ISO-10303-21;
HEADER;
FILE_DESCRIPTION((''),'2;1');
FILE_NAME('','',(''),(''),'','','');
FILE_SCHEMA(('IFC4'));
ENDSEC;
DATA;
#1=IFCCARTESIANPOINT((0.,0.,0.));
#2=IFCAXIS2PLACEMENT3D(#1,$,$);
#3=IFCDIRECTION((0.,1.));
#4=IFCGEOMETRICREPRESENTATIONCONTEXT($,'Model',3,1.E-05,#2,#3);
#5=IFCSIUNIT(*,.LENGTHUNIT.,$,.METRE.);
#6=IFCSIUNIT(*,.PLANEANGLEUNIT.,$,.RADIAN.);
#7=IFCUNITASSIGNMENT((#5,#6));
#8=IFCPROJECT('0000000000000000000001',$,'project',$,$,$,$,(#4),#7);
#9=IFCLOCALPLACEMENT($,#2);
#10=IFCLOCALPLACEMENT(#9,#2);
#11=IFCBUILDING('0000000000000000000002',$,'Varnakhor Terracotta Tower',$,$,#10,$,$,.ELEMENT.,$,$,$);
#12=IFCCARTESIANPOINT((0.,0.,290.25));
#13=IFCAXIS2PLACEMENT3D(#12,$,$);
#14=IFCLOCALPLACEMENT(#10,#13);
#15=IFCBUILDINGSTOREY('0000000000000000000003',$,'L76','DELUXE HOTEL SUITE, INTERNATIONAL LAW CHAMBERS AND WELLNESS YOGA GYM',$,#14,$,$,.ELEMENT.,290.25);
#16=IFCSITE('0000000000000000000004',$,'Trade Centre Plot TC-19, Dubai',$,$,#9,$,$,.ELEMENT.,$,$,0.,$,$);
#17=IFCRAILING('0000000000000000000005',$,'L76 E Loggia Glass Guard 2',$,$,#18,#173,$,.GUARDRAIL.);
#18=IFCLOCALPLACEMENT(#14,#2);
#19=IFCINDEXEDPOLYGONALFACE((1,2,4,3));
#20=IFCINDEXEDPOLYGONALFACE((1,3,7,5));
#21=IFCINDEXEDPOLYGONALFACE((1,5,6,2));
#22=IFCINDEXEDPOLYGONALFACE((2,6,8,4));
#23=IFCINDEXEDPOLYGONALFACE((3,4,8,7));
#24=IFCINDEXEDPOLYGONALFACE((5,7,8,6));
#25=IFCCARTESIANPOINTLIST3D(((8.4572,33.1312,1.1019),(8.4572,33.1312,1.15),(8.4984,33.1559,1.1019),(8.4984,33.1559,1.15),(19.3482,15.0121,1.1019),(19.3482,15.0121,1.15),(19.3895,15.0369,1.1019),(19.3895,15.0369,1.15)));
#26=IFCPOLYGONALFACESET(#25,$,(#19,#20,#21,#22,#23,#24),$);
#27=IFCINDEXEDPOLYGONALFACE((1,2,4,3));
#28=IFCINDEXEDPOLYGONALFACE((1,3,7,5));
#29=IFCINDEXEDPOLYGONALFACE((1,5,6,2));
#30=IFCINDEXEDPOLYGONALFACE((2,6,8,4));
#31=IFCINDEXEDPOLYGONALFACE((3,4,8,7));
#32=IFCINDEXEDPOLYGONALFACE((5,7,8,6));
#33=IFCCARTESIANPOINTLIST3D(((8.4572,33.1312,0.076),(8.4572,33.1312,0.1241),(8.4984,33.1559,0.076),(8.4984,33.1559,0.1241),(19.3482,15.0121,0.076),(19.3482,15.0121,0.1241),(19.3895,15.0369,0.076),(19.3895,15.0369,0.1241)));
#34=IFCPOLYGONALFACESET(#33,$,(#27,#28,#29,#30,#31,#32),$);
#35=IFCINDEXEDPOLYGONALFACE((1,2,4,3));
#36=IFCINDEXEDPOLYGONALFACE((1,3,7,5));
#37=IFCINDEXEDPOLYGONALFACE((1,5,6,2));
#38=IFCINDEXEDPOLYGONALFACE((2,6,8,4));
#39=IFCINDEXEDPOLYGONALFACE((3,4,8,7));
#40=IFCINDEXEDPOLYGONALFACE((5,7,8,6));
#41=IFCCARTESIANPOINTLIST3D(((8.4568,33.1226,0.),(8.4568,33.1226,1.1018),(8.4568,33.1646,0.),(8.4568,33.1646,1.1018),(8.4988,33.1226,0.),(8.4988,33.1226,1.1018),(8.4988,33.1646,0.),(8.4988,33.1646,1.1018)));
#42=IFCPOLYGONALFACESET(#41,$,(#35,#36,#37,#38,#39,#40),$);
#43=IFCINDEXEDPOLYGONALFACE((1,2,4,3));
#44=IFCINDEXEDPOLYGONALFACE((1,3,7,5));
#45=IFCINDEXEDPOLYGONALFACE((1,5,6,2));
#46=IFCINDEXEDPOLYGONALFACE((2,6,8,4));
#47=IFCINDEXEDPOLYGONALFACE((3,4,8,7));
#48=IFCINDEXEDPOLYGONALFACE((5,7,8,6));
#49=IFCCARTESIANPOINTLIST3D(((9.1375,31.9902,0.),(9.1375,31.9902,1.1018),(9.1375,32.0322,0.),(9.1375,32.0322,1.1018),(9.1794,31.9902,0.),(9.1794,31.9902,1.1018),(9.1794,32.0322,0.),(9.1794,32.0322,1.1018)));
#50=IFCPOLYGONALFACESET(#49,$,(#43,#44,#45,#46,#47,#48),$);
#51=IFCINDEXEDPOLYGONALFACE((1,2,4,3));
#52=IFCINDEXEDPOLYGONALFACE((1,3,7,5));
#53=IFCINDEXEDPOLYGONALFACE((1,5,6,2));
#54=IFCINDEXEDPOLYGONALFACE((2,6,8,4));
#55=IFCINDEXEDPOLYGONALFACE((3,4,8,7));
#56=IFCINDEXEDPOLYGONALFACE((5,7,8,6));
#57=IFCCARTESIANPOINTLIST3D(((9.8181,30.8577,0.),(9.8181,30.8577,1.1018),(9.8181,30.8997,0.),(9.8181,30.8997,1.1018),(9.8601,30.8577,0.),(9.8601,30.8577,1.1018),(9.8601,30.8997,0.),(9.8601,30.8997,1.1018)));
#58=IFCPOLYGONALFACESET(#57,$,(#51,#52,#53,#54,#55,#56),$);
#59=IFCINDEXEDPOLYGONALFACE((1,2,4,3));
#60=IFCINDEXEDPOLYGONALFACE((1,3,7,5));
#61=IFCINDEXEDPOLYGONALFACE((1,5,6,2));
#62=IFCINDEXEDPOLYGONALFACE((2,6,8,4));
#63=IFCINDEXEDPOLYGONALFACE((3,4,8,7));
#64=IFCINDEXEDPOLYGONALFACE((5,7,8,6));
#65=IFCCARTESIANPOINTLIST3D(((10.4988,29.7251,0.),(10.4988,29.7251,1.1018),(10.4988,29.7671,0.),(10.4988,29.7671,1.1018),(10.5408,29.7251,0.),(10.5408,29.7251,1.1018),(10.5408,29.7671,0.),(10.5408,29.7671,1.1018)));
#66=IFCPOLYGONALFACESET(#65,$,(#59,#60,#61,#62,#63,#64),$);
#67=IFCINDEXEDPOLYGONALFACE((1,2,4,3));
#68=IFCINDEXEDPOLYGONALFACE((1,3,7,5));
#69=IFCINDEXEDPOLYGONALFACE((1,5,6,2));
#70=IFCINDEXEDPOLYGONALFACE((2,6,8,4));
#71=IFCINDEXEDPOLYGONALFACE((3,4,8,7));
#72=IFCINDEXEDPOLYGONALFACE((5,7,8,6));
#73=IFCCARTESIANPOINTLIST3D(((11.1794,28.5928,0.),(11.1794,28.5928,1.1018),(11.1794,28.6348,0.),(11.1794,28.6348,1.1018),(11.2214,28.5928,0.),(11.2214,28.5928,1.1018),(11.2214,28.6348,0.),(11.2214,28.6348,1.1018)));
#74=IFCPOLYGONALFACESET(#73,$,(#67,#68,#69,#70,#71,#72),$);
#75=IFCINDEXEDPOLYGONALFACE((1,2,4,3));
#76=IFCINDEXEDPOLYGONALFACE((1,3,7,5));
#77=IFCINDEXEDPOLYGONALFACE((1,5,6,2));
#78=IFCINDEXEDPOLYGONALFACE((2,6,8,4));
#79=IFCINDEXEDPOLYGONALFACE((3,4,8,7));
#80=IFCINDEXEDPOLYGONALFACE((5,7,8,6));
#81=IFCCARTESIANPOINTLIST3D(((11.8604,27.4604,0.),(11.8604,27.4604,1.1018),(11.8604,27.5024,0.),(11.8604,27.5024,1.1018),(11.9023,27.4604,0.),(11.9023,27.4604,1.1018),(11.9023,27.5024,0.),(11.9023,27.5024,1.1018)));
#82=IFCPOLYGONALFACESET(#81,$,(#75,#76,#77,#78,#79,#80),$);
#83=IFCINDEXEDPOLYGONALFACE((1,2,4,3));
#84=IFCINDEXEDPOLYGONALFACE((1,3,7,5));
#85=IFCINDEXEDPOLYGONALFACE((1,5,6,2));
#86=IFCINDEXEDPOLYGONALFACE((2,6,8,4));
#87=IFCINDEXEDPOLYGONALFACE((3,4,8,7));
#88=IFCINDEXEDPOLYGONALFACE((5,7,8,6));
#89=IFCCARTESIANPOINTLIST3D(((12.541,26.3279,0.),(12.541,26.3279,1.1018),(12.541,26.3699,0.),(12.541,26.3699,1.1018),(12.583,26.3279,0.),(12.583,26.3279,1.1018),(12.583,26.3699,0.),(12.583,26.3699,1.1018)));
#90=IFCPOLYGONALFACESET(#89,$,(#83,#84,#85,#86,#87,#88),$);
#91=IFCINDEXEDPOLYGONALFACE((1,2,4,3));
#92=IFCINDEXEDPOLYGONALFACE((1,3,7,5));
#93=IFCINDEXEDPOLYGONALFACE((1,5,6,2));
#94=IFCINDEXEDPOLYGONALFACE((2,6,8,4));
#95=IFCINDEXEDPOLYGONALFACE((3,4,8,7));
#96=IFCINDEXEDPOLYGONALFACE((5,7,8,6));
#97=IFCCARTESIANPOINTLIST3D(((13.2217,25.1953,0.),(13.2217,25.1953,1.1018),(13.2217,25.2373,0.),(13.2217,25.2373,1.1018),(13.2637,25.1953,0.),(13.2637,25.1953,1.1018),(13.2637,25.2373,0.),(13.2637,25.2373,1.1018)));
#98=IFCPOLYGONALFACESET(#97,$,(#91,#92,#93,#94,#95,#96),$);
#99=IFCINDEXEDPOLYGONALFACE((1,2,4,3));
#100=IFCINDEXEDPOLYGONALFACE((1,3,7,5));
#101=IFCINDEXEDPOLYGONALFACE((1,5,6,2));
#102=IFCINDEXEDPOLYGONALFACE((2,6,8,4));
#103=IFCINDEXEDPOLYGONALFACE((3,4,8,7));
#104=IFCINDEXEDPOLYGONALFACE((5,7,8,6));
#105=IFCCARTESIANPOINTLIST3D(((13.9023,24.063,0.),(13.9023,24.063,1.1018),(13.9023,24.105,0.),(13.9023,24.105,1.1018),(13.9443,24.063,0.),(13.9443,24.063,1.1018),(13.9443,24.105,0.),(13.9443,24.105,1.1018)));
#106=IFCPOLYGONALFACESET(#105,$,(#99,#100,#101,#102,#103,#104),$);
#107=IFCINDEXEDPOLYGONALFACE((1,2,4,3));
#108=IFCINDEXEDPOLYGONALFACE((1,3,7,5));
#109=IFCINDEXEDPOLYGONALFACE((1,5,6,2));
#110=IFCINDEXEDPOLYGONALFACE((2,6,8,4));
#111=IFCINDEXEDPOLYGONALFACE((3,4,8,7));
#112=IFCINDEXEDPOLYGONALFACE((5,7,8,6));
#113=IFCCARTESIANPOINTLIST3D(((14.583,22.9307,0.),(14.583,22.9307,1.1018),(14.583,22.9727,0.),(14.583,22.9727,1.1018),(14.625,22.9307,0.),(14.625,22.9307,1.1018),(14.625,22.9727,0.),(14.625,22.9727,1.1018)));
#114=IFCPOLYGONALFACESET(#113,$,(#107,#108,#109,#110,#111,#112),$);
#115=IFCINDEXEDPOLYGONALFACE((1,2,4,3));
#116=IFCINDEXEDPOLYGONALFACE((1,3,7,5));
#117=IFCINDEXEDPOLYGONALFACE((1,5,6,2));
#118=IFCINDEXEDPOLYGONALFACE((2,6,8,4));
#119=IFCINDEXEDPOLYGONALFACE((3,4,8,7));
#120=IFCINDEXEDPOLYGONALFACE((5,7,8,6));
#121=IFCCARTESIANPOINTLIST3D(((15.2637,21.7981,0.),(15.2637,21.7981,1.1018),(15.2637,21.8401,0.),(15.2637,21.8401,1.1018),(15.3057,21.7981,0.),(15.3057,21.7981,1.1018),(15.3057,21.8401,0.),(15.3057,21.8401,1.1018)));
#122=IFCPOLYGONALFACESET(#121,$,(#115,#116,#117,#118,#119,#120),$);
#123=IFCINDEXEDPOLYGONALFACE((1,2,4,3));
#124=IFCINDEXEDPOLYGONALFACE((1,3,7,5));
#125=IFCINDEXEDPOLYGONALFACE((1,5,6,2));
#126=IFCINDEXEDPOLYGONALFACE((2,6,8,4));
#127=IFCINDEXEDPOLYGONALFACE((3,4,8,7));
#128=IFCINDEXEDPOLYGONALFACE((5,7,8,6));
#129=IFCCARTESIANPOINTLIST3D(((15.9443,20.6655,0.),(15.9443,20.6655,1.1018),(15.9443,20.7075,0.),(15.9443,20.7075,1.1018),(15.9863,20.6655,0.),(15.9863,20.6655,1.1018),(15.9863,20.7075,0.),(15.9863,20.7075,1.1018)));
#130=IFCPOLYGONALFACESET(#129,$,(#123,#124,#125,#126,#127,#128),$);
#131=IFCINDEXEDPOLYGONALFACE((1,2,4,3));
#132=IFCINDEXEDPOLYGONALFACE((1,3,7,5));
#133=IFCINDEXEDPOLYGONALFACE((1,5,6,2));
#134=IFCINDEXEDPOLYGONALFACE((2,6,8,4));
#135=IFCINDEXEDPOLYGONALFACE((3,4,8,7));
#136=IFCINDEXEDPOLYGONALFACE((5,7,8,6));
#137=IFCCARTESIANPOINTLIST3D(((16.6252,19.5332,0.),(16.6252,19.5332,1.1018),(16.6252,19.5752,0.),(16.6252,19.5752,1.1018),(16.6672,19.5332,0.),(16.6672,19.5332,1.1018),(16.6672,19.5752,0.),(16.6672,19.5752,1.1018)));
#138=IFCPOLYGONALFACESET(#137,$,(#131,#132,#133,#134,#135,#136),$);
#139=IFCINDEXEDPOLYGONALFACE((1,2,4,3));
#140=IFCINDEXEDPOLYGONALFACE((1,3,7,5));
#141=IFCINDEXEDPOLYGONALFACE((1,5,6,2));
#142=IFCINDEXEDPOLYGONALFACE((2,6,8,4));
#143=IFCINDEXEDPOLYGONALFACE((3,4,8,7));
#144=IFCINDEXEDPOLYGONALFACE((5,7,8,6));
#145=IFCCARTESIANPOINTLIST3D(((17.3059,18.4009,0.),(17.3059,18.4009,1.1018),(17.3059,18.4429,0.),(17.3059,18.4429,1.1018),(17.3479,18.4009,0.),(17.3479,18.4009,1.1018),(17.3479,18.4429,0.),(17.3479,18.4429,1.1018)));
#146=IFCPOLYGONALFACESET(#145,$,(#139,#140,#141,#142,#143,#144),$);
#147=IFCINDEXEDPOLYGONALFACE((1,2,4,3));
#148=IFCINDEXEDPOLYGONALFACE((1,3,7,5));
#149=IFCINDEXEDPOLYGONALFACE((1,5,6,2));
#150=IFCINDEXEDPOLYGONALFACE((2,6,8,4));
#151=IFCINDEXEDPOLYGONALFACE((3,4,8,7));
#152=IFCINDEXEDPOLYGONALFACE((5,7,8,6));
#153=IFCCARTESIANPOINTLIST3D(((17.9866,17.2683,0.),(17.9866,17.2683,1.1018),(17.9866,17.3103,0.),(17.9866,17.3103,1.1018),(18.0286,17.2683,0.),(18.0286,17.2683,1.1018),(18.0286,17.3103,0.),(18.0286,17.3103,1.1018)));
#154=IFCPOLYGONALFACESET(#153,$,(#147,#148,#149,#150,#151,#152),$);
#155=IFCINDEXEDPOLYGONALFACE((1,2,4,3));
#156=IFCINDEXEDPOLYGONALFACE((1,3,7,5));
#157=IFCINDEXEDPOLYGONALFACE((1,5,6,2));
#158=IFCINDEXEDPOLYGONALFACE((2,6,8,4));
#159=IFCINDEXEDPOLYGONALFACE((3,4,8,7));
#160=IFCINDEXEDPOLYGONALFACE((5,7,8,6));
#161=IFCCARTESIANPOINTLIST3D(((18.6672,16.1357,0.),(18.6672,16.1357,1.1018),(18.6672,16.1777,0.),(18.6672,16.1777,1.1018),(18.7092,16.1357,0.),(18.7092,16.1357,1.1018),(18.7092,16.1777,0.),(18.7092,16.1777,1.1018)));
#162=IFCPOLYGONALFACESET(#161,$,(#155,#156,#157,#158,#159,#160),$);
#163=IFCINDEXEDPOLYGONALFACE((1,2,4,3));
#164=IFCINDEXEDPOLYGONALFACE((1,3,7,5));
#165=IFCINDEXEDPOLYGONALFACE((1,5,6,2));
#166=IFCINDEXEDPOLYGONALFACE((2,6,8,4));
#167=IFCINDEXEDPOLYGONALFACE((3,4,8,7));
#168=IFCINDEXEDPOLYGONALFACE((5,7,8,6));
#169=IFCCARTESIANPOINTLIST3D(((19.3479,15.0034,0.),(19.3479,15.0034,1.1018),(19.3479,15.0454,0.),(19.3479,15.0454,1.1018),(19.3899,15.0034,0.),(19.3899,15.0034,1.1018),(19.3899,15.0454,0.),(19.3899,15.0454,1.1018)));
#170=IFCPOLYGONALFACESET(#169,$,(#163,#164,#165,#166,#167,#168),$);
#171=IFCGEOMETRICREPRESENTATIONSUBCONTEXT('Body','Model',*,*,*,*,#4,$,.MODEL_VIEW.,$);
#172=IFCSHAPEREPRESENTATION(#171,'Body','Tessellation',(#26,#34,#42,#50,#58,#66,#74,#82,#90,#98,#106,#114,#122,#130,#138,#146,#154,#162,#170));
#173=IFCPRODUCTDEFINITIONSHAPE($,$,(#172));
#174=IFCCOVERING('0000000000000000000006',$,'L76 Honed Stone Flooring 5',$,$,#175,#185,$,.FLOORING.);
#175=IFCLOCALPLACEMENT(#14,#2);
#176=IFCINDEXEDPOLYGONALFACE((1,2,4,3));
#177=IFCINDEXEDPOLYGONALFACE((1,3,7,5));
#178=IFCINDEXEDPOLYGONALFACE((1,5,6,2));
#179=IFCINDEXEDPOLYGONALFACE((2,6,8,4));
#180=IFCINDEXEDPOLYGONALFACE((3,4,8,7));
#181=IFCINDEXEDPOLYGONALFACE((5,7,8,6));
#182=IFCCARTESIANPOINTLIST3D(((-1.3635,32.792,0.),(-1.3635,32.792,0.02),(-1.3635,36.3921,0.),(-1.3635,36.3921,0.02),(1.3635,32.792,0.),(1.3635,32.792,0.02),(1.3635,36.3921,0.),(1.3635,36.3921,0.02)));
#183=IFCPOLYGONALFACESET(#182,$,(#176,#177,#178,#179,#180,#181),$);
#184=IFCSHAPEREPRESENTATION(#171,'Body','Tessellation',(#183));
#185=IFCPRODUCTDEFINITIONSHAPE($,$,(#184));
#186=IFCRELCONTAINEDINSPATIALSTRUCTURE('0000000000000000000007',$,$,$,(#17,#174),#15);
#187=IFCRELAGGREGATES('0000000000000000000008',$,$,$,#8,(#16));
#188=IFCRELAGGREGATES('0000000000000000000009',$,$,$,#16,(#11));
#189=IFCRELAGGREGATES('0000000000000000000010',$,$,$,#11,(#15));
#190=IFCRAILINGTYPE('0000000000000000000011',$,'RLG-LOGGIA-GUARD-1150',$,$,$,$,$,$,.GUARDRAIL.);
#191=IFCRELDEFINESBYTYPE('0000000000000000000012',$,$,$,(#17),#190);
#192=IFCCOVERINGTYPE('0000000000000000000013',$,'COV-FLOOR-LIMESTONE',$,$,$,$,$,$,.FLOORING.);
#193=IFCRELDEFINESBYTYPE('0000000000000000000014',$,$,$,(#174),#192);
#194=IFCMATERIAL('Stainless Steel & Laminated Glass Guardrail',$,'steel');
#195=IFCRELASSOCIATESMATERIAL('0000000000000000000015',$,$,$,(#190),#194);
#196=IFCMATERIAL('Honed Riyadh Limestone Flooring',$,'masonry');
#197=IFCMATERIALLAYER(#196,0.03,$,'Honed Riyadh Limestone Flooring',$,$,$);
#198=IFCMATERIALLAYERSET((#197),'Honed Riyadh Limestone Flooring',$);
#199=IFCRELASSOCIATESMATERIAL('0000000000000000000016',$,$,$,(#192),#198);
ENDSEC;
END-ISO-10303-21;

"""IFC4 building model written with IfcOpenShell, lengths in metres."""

from ifc_helpers import new_model, si_unit, direction, frame, origin, origin_2d, place, context, subcontext, project, spatial, rectangle, extrude, source, transform, mapped, material, layer, layer_set, type_object, element, save


model = new_model("IFC4")

# Units and contexts
model_context = context("Model", 3, precision=1e-05, world=origin(), true_north=direction((0.0, 1.0)))
body_context = subcontext(model_context, "Body", "Model", "MODEL_VIEW")
ifc_project = project(units=[si_unit("LENGTHUNIT", "METRE"), si_unit("PLANEANGLEUNIT", "RADIAN")], contexts=[model_context])

# Site, building, storey
site_placement = place(None, origin())
site = spatial("IfcSite", under=ifc_project, at=site_placement, Name="Trade Centre Plot TC-19, Dubai", CompositionType="ELEMENT", RefElevation=0.0)
building_placement = place(site_placement, origin())
building = spatial("IfcBuilding", under=site, at=building_placement, Name="Varnakhor Terracotta Tower", CompositionType="ELEMENT")
storey_placement = place(building_placement, frame((0.0, 0.0, 290.25)))
storey = spatial("IfcBuildingStorey", under=building, at=storey_placement, Name="L76", Description="DELUXE HOTEL SUITE, INTERNATIONAL LAW CHAMBERS AND WELLNESS YOGA GYM", CompositionType="ELEMENT", Elevation=290.25)

# Railing
ifc_material_1 = material(Name="Stainless Steel & Laminated Glass Guardrail", Category="steel")
railing_type = type_object("IfcRailingType", Name="RLG-LOGGIA-GUARD-1150", PredefinedType="GUARDRAIL", material=ifc_material_1)
railing_1_placement = place(storey_placement, frame((8.4778, 33.1436, 0.0)))
element("IfcRailing", 1, at=railing_1_placement, inside=storey, type_object=railing_type, Name="L76 E Loggia Glass Guard 2", PredefinedType="GUARDRAIL", context=body_context, shape_type="SweptSolid", body=[
    extrude(rectangle(XDim=0.0481, YDim=0.0481, at=origin_2d()), frame((0.0, 0.0, 1.126), z_axis=(0.515178, -0.857083, 0.0), x_axis=(0.857083, 0.515178, 0.0)), (0.0, 0.0, 1.0), 21.1404),
    extrude(rectangle(XDim=0.0481, YDim=0.0481, at=origin_2d()), frame((0.0, 0.0, 0.1001), z_axis=(0.515178, -0.857083, 0.0), x_axis=(0.857083, 0.515178, 0.0)), (0.0, 0.0, 1.0), 21.1404),
    extrude(rectangle(XDim=0.042, YDim=0.042, at=origin_2d()), origin(), (0.0, 0.0, 1.0), 1.1018),
    extrude(rectangle(XDim=0.042, YDim=0.042, at=origin_2d()), frame((0.6807, -1.1323, 0.0)), (0.0, 0.0, 1.0), 1.1018),
    extrude(rectangle(XDim=0.042, YDim=0.042, at=origin_2d()), frame((1.3613, -2.2649, 0.0)), (0.0, 0.0, 1.0), 1.1018),
    extrude(rectangle(XDim=0.042, YDim=0.042, at=origin_2d()), frame((2.042, -3.3975, 0.0)), (0.0, 0.0, 1.0), 1.1018),
    extrude(rectangle(XDim=0.042, YDim=0.042, at=origin_2d()), frame((2.7227, -4.5298, 0.0)), (0.0, 0.0, 1.0), 1.1018),
    extrude(rectangle(XDim=0.042, YDim=0.042, at=origin_2d()), frame((3.4036, -5.6621, 0.0)), (0.0, 0.0, 1.0), 1.1018),
    extrude(rectangle(XDim=0.042, YDim=0.042, at=origin_2d()), frame((4.0842, -6.7947, 0.0)), (0.0, 0.0, 1.0), 1.1018),
    extrude(rectangle(XDim=0.042, YDim=0.042, at=origin_2d()), frame((4.7649, -7.9272, 0.0)), (0.0, 0.0, 1.0), 1.1018),
    extrude(rectangle(XDim=0.042, YDim=0.042, at=origin_2d()), frame((5.4456, -9.0596, 0.0)), (0.0, 0.0, 1.0), 1.1018),
    extrude(rectangle(XDim=0.042, YDim=0.042, at=origin_2d()), frame((6.1262, -10.1919, 0.0)), (0.0, 0.0, 1.0), 1.1018),
    extrude(rectangle(XDim=0.042, YDim=0.042, at=origin_2d()), frame((6.8069, -11.3245, 0.0)), (0.0, 0.0, 1.0), 1.1018),
    extrude(rectangle(XDim=0.042, YDim=0.042, at=origin_2d()), frame((7.4875, -12.457, 0.0)), (0.0, 0.0, 1.0), 1.1018),
    extrude(rectangle(XDim=0.042, YDim=0.042, at=origin_2d()), frame((8.1685, -13.5894, 0.0)), (0.0, 0.0, 1.0), 1.1018),
    extrude(rectangle(XDim=0.042, YDim=0.042, at=origin_2d()), frame((8.8491, -14.7217, 0.0)), (0.0, 0.0, 1.0), 1.1018),
    extrude(rectangle(XDim=0.042, YDim=0.042, at=origin_2d()), frame((9.5298, -15.8542, 0.0)), (0.0, 0.0, 1.0), 1.1018),
    extrude(rectangle(XDim=0.042, YDim=0.042, at=origin_2d()), frame((10.2104, -16.9868, 0.0)), (0.0, 0.0, 1.0), 1.1018),
    extrude(rectangle(XDim=0.042, YDim=0.042, at=origin_2d()), frame((10.8911, -18.1191, 0.0)), (0.0, 0.0, 1.0), 1.1018),
])

# Covering
ifc_material_2 = material(Name="Honed Riyadh Limestone Flooring", Category="masonry")
ifc_layer_1 = layer(ifc_material_2, 0.03, Name="Honed Riyadh Limestone Flooring")
ifc_layer_set_1 = layer_set([ifc_layer_1], Name="Honed Riyadh Limestone Flooring")
covering_type = type_object("IfcCoveringType", Name="COV-FLOOR-LIMESTONE", PredefinedType="FLOORING", material=ifc_layer_set_1)
shared_shape_1 = source(origin(), body_context, "Body", "SweptSolid", [
    extrude(rectangle(XDim=2.7271, YDim=3.6001, at=origin_2d()), origin(), (0.0, 0.0, 1.0), 0.02),
])
covering_placement = place(storey_placement, frame((0.0, 34.592, 0.0), z_axis=(0.0, 0.0, 1.0), x_axis=(1.0, 0.0, 0.0)))
element("IfcCovering", 2, at=covering_placement, inside=storey, type_object=covering_type, Name="L76 Honed Stone Flooring 5", PredefinedType="FLOORING", context=body_context, shape_type="MappedRepresentation", body=[
    mapped(shared_shape_1, transform((0.0, 0.0, 0.0), scale=1.0)),
])

save(model, "model.ifc")
